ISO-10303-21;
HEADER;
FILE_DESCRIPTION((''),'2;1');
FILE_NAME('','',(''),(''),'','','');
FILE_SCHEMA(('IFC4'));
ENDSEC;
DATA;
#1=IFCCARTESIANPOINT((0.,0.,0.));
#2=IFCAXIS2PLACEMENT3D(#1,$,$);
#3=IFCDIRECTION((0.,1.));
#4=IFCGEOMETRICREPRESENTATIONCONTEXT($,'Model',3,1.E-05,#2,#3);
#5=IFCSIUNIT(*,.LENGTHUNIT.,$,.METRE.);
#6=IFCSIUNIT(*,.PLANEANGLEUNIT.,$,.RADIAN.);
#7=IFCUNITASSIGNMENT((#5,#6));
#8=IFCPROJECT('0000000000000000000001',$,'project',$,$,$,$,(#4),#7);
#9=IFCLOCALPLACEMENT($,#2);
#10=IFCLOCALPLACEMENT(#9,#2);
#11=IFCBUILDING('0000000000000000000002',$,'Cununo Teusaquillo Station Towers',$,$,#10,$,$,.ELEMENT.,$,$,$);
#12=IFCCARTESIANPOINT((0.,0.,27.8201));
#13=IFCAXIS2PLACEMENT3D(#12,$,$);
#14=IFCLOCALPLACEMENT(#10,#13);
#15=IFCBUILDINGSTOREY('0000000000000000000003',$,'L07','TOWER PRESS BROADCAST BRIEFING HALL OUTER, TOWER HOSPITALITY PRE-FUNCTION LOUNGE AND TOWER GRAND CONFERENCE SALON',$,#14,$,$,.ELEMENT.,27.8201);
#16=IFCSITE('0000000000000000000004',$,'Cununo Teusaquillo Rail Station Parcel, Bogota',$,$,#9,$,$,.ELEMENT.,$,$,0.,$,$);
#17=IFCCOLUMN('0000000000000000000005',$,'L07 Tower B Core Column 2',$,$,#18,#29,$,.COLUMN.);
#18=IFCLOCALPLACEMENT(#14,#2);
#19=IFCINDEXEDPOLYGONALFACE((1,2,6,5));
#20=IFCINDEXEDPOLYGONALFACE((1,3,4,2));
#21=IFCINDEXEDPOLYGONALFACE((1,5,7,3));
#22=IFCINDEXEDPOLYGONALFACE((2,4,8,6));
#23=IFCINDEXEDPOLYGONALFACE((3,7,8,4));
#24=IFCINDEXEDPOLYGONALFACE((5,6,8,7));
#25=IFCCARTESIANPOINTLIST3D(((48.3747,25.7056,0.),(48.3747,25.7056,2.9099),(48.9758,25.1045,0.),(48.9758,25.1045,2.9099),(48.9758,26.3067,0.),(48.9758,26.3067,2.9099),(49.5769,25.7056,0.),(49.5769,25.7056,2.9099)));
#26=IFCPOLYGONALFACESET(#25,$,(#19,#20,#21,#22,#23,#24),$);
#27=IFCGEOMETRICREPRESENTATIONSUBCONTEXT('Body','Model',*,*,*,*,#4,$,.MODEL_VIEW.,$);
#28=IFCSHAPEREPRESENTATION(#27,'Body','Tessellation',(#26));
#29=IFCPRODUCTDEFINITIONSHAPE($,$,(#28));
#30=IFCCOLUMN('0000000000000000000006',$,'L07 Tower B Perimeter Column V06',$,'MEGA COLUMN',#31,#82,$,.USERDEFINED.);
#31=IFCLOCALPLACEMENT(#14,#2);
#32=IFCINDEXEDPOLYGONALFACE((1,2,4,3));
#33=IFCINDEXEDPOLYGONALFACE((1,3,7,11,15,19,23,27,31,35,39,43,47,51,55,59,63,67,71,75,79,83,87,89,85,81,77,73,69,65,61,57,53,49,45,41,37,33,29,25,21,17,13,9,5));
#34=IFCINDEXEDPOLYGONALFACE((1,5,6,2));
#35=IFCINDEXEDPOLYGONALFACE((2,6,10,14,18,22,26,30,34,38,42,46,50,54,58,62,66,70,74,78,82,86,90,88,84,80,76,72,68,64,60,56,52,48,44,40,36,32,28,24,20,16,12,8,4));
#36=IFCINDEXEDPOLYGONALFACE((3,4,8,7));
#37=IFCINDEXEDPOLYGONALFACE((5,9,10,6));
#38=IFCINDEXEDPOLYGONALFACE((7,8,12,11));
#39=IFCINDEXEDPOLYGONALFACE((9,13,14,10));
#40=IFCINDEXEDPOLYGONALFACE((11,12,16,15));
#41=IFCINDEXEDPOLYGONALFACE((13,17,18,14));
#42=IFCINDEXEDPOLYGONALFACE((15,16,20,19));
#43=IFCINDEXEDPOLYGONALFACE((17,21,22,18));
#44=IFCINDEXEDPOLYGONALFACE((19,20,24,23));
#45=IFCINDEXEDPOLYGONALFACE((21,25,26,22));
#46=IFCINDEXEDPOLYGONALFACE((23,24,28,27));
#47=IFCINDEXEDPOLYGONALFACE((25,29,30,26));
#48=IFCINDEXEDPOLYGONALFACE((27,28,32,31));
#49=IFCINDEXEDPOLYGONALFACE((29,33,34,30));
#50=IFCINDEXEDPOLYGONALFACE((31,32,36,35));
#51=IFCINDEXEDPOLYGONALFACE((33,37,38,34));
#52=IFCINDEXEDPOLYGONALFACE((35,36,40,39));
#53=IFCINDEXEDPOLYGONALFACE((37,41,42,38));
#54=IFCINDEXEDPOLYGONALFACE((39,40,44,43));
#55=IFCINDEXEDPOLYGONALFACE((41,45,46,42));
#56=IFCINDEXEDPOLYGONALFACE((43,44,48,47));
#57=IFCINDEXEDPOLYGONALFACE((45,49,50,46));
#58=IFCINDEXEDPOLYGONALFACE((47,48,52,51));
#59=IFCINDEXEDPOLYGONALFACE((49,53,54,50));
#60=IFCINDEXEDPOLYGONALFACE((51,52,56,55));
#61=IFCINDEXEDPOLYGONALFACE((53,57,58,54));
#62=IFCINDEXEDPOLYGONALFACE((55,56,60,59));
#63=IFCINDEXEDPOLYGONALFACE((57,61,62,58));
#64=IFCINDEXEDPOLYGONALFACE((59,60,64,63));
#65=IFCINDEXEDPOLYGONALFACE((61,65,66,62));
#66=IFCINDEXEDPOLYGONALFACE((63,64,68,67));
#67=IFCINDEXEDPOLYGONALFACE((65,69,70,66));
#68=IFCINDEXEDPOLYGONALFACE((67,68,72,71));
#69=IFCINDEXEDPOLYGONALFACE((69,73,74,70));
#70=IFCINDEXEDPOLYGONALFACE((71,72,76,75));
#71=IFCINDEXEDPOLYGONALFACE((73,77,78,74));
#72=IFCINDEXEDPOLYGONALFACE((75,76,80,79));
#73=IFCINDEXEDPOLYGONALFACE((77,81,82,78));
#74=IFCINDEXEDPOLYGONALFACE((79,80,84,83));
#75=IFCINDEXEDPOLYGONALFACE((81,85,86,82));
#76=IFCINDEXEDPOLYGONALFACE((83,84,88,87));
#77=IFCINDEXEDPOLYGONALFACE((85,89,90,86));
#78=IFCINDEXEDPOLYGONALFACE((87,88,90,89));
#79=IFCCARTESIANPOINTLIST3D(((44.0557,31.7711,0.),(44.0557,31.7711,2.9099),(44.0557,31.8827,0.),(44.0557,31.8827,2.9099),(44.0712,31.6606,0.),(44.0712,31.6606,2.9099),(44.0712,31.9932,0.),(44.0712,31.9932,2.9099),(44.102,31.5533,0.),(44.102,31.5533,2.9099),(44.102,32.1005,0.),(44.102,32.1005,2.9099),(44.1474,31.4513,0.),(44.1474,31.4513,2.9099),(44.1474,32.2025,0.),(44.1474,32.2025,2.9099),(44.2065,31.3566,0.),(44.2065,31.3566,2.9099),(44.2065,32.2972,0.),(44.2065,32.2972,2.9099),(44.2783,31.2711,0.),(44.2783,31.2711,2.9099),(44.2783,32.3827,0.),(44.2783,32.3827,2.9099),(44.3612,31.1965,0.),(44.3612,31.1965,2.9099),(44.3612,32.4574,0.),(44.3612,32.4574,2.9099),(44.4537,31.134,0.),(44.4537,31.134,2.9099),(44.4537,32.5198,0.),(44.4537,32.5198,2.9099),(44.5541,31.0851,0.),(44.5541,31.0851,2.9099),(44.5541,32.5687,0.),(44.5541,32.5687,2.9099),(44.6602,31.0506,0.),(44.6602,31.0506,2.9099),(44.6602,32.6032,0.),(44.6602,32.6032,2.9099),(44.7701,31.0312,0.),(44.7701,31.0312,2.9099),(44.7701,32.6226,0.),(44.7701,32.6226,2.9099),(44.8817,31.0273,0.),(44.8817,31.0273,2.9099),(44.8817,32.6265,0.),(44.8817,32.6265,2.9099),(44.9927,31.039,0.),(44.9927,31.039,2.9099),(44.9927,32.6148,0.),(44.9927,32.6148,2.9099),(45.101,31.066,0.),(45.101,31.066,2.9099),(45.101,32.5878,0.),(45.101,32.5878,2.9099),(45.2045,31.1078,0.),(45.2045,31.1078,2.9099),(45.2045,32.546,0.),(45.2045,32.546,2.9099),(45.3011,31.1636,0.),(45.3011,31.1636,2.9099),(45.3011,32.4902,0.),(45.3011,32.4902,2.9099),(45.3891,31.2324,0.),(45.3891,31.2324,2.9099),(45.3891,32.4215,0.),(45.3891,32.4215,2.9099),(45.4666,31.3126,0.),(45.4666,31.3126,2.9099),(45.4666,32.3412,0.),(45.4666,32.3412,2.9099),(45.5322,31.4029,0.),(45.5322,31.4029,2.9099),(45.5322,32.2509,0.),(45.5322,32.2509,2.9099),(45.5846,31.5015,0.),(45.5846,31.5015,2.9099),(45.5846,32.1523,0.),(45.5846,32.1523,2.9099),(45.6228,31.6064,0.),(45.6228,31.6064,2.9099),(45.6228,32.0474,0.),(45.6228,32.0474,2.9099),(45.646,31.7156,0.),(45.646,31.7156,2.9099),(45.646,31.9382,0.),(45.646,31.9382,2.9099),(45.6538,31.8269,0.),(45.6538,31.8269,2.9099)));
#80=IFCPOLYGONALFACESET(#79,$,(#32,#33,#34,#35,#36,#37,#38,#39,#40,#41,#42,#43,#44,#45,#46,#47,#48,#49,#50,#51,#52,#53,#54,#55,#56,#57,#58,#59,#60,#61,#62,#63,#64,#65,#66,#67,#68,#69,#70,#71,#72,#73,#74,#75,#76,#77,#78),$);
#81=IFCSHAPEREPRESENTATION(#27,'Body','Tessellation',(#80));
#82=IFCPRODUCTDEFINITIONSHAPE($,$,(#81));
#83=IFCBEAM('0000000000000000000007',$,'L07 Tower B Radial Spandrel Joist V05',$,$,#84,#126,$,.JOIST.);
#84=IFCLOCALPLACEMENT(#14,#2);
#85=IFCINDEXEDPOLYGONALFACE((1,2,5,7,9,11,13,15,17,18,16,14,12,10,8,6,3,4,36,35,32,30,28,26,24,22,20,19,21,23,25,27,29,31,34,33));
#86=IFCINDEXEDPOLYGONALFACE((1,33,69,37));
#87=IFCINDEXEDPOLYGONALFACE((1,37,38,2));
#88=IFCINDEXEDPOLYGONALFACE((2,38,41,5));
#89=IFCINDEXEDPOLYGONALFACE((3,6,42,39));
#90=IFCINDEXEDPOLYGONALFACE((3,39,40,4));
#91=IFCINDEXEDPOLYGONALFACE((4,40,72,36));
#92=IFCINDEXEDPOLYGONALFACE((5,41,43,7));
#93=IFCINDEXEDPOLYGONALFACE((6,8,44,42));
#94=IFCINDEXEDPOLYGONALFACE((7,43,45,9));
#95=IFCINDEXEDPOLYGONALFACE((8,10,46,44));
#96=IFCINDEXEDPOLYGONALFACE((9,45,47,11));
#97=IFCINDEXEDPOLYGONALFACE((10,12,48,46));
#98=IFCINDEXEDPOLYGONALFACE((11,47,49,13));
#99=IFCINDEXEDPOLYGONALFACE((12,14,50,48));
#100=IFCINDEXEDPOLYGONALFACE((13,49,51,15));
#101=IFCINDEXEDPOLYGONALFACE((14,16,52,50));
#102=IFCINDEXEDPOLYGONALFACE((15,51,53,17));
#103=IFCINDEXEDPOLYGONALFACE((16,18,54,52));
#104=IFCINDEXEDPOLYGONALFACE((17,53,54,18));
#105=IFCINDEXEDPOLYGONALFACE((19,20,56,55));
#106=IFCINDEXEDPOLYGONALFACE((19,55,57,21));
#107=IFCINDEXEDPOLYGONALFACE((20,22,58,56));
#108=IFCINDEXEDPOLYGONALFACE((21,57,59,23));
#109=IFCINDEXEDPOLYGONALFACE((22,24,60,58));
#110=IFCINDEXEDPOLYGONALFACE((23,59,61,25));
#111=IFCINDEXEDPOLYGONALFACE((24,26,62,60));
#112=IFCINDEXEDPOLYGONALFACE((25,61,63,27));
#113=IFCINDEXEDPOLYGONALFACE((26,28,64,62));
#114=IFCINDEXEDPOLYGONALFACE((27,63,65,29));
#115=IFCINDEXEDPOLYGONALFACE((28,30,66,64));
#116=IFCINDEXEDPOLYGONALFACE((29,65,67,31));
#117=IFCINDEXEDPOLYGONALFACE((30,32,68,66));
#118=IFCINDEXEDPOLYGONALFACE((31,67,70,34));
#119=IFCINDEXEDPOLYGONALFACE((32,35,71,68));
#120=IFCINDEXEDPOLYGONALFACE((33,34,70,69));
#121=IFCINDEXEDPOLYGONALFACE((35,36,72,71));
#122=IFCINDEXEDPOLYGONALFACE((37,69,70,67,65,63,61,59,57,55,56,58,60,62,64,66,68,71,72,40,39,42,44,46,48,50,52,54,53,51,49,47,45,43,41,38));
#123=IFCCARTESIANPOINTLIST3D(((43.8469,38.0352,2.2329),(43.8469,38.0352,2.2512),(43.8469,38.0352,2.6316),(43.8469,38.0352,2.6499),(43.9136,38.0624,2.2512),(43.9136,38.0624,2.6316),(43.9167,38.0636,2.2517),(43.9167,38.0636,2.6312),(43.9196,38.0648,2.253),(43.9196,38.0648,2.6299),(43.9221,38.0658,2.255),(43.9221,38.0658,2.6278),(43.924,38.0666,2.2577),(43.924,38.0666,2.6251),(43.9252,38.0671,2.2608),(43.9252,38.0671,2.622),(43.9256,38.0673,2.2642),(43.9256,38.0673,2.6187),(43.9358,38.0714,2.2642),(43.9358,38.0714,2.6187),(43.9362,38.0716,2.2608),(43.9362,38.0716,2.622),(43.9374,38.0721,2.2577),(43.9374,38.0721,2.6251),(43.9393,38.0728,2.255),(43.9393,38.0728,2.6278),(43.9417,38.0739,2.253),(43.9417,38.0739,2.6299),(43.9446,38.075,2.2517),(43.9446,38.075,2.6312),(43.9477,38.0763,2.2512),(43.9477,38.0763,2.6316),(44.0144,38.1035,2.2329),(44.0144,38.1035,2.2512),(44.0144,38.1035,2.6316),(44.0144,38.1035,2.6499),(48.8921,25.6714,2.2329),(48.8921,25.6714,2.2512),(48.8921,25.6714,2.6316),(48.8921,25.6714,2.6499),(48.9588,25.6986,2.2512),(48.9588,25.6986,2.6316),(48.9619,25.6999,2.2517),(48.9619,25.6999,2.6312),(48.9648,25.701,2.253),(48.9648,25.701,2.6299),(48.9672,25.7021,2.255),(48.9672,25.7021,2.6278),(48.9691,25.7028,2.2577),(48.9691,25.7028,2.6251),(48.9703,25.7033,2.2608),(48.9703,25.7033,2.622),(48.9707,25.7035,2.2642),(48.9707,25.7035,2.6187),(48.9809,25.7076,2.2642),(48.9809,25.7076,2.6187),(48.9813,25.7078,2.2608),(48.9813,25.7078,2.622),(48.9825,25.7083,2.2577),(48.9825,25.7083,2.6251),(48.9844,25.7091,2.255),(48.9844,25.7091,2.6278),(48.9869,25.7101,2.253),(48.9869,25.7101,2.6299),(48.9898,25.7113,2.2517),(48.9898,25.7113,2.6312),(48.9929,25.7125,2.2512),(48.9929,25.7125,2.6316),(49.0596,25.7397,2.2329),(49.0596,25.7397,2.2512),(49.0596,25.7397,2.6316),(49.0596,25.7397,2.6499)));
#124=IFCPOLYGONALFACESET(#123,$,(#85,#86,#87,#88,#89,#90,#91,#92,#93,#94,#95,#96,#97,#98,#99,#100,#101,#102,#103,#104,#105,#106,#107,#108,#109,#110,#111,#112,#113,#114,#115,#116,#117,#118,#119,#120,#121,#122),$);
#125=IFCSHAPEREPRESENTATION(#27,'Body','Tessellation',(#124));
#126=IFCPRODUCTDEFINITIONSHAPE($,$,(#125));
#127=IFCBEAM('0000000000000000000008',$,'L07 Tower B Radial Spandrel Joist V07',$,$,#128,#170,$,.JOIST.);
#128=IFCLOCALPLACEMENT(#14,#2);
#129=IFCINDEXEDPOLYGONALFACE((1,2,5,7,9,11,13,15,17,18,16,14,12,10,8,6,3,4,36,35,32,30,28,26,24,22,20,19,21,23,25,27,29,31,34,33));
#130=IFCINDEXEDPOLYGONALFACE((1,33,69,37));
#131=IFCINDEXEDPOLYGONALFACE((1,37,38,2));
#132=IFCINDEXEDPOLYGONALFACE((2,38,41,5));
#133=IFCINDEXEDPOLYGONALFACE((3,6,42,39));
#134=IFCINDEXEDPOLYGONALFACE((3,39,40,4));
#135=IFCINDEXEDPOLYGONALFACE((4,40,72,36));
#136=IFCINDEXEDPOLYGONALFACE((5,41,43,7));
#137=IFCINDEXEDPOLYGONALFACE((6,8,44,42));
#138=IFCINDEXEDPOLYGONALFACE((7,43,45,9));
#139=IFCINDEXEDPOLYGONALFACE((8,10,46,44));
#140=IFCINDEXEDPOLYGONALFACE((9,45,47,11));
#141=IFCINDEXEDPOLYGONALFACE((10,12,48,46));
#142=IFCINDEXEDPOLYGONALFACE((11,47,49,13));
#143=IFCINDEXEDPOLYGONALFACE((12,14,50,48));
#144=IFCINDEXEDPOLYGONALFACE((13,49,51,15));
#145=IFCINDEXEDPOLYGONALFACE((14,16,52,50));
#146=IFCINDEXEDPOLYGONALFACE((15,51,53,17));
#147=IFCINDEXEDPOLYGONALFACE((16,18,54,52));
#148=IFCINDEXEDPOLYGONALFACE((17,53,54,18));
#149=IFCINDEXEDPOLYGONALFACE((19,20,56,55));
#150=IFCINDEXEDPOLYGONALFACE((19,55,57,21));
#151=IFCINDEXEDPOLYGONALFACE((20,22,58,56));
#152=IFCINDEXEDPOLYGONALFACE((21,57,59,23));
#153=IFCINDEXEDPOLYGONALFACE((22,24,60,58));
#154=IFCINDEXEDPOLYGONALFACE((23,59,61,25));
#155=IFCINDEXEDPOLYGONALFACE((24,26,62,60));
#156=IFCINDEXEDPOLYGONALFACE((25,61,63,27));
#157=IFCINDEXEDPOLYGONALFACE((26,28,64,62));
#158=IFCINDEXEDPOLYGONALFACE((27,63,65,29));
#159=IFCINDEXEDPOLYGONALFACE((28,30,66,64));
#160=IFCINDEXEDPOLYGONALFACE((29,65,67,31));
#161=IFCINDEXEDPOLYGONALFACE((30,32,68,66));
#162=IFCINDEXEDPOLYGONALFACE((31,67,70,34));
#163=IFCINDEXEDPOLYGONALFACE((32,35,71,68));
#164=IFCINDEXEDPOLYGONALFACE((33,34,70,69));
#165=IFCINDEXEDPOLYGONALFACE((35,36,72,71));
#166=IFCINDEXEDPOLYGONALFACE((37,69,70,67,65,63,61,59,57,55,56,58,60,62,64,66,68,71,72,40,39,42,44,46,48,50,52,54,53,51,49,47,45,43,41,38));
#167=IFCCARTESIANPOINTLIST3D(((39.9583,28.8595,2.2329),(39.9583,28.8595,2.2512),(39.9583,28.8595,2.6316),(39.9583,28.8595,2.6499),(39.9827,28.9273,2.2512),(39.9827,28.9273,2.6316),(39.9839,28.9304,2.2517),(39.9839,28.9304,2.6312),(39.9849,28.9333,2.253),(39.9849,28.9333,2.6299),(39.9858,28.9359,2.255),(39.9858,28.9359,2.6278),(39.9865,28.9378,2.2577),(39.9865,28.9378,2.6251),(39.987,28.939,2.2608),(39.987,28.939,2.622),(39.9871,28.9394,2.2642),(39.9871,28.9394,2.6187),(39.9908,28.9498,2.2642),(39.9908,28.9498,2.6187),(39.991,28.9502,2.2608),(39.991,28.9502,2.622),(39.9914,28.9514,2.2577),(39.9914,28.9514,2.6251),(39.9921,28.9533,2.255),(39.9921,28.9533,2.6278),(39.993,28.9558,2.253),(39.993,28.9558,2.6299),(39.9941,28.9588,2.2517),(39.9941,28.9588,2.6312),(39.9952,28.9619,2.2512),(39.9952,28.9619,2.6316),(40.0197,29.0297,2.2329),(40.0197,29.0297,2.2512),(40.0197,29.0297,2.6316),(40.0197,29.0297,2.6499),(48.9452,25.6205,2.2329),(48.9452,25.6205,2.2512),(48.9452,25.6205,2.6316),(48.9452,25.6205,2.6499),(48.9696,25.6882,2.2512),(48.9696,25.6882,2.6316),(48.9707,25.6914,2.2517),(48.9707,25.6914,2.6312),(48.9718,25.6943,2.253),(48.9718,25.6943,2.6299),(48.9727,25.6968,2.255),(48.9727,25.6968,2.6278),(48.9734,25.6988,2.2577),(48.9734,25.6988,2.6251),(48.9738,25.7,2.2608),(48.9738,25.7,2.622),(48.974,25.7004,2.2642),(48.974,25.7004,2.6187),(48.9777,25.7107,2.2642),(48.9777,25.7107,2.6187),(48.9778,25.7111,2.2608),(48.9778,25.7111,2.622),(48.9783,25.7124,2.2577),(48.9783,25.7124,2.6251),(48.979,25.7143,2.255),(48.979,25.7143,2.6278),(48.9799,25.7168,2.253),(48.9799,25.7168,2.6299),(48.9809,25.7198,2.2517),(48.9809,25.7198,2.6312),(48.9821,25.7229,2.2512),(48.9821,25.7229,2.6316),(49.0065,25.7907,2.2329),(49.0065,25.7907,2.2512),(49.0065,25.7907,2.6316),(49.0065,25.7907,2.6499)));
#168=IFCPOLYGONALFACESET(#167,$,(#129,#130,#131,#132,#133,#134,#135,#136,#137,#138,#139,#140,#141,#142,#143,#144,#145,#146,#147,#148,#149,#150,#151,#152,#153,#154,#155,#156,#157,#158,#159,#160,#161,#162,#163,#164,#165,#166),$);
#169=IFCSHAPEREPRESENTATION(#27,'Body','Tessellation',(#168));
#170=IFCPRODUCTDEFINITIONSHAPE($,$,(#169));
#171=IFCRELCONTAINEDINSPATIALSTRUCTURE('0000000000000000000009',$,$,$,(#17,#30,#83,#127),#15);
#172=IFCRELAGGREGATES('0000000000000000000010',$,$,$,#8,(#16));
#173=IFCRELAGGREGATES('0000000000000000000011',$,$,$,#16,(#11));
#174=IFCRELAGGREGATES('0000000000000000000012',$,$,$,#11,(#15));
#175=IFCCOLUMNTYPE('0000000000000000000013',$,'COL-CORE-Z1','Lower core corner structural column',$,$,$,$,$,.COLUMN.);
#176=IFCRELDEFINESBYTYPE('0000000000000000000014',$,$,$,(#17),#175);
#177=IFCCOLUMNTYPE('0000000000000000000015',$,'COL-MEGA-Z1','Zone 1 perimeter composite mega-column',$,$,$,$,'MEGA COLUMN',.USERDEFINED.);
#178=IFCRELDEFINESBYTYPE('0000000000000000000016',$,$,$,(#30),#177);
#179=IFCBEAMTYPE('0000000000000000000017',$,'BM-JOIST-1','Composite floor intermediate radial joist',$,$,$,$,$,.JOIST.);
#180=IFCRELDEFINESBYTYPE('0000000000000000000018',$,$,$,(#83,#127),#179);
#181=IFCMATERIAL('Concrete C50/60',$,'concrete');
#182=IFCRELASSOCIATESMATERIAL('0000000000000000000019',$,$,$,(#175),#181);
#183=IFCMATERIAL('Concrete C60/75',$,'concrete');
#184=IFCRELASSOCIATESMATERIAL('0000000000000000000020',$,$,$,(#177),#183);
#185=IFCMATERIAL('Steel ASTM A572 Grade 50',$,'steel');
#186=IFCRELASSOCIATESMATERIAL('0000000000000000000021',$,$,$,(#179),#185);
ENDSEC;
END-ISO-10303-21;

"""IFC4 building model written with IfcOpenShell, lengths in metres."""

from ifc_helpers import new_model, si_unit, direction, frame, origin, origin_2d, place, context, subcontext, project, spatial, rectangle, circle, i_section, extrude, material, material_profile, profile_set, type_object, element, save


model = new_model("IFC4")

# Units and contexts
model_context = context("Model", 3, precision=1e-05, world=origin(), true_north=direction((0.0, 1.0)))
body_context = subcontext(model_context, "Body", "Model", "MODEL_VIEW")
ifc_project = project(units=[si_unit("LENGTHUNIT", "METRE"), si_unit("PLANEANGLEUNIT", "RADIAN")], contexts=[model_context])

# Site, building, storey
site_placement = place(None, origin())
site = spatial("IfcSite", under=ifc_project, at=site_placement, Name="Cununo Teusaquillo Rail Station Parcel, Bogota", CompositionType="ELEMENT", RefElevation=0.0)
building_placement = place(site_placement, origin())
building = spatial("IfcBuilding", under=site, at=building_placement, Name="Cununo Teusaquillo Station Towers", CompositionType="ELEMENT")
storey_placement = place(building_placement, frame((0.0, 0.0, 27.8201)))
storey = spatial("IfcBuildingStorey", under=building, at=storey_placement, Name="L07", Description="TOWER PRESS BROADCAST BRIEFING HALL OUTER, TOWER HOSPITALITY PRE-FUNCTION LOUNGE AND TOWER GRAND CONFERENCE SALON", CompositionType="ELEMENT", Elevation=27.8201)

# Columns
ifc_material_1 = material(Name="Concrete C50/60", Category="concrete")
ifc_material_profile_1 = material_profile(ifc_material_1, rectangle(XDim=0.8501, YDim=0.8501, at=origin_2d()), Name="RC-RECT-850x850")
ifc_profile_set_1 = profile_set([ifc_material_profile_1], Name="Concrete C50/60")
column_type_1 = type_object("IfcColumnType", Name="COL-CORE-Z1", Description="Lower core corner structural column", PredefinedType="COLUMN", material=ifc_profile_set_1)
column_1_placement = place(storey_placement, frame((48.9758, 25.7056, 0.0), z_axis=(0.0, 0.0, 1.0), x_axis=(0.707107, 0.707107, 0.0)))
element("IfcColumn", 1, at=column_1_placement, inside=storey, type_object=column_type_1, Name="L07 Tower B Core Column 2", PredefinedType="COLUMN", context=body_context, shape_type="SweptSolid", body=[
    extrude(rectangle(XDim=0.8501, YDim=0.8501, at=origin_2d()), origin(), (0.0, 0.0, 1.0), 2.9099),
])
ifc_material_2 = material(Name="Concrete C60/75", Category="concrete")
ifc_material_profile_2 = material_profile(ifc_material_2, circle(Radius=0.8, at=origin_2d()), Name="RC-CIRC-1600")
ifc_profile_set_2 = profile_set([ifc_material_profile_2], Name="Concrete C60/75")
column_type_2 = type_object("IfcColumnType", Name="COL-MEGA-Z1", Description="Zone 1 perimeter composite mega-column", ElementType="MEGA COLUMN", PredefinedType="USERDEFINED", material=ifc_profile_set_2)
column_2_placement = place(storey_placement, frame((44.8538, 31.8269, 0.0), z_axis=(0.0, 0.0, 1.0), x_axis=(1.0, 0.0, 0.0)))
element("IfcColumn", 2, at=column_2_placement, inside=storey, type_object=column_type_2, Name="L07 Tower B Perimeter Column V06", ObjectType="MEGA COLUMN", PredefinedType="USERDEFINED", context=body_context, shape_type="SweptSolid", body=[
    extrude(circle(Radius=0.8, at=origin_2d()), origin(), (0.0, 0.0, 1.0), 2.9099),
])

# Beams
ifc_material_3 = material(Name="Steel ASTM A572 Grade 50", Category="steel")
ifc_material_profile_3 = material_profile(ifc_material_3, i_section(OverallWidth=0.1809, OverallDepth=0.417, WebThickness=0.011, FlangeThickness=0.0183, FilletRadius=0.0129, at=origin_2d()), Name="W16X57")
ifc_profile_set_3 = profile_set([ifc_material_profile_3], Name="Steel ASTM A572 Grade 50")
beam_type_1 = type_object("IfcBeamType", Name="BM-JOIST-1", Description="Composite floor intermediate radial joist", PredefinedType="JOIST", material=ifc_profile_set_3)
beam_1_placement = place(storey_placement, frame((48.9758, 25.7056, 2.4414), z_axis=(-0.377815, 0.925881, 0.0), x_axis=(-0.925881, -0.377815, 0.0)))
element("IfcBeam", 3, at=beam_1_placement, inside=storey, type_object=beam_type_1, Name="L07 Tower B Radial Spandrel Joist V05", PredefinedType="JOIST", context=body_context, shape_type="SweptSolid", body=[
    extrude(i_section(OverallWidth=0.1809, OverallDepth=0.417, WebThickness=0.011, FlangeThickness=0.0183, FilletRadius=0.0129, at=origin_2d()), origin(), (0.0, 0.0, 1.0), 13.3535),
])
beam_2_placement = place(storey_placement, frame((48.9758, 25.7056, 2.4414), z_axis=(-0.940762, 0.339068, 0.0), x_axis=(-0.339068, -0.940762, 0.0)))
element("IfcBeam", 4, at=beam_2_placement, inside=storey, type_object=beam_type_1, Name="L07 Tower B Radial Spandrel Joist V07", PredefinedType="JOIST", context=body_context, shape_type="SweptSolid", body=[
    extrude(i_section(OverallWidth=0.1809, OverallDepth=0.417, WebThickness=0.011, FlangeThickness=0.0183, FilletRadius=0.0129, at=origin_2d()), origin(), (0.0, 0.0, 1.0), 9.5527),
])

save(model, "model.ifc")
